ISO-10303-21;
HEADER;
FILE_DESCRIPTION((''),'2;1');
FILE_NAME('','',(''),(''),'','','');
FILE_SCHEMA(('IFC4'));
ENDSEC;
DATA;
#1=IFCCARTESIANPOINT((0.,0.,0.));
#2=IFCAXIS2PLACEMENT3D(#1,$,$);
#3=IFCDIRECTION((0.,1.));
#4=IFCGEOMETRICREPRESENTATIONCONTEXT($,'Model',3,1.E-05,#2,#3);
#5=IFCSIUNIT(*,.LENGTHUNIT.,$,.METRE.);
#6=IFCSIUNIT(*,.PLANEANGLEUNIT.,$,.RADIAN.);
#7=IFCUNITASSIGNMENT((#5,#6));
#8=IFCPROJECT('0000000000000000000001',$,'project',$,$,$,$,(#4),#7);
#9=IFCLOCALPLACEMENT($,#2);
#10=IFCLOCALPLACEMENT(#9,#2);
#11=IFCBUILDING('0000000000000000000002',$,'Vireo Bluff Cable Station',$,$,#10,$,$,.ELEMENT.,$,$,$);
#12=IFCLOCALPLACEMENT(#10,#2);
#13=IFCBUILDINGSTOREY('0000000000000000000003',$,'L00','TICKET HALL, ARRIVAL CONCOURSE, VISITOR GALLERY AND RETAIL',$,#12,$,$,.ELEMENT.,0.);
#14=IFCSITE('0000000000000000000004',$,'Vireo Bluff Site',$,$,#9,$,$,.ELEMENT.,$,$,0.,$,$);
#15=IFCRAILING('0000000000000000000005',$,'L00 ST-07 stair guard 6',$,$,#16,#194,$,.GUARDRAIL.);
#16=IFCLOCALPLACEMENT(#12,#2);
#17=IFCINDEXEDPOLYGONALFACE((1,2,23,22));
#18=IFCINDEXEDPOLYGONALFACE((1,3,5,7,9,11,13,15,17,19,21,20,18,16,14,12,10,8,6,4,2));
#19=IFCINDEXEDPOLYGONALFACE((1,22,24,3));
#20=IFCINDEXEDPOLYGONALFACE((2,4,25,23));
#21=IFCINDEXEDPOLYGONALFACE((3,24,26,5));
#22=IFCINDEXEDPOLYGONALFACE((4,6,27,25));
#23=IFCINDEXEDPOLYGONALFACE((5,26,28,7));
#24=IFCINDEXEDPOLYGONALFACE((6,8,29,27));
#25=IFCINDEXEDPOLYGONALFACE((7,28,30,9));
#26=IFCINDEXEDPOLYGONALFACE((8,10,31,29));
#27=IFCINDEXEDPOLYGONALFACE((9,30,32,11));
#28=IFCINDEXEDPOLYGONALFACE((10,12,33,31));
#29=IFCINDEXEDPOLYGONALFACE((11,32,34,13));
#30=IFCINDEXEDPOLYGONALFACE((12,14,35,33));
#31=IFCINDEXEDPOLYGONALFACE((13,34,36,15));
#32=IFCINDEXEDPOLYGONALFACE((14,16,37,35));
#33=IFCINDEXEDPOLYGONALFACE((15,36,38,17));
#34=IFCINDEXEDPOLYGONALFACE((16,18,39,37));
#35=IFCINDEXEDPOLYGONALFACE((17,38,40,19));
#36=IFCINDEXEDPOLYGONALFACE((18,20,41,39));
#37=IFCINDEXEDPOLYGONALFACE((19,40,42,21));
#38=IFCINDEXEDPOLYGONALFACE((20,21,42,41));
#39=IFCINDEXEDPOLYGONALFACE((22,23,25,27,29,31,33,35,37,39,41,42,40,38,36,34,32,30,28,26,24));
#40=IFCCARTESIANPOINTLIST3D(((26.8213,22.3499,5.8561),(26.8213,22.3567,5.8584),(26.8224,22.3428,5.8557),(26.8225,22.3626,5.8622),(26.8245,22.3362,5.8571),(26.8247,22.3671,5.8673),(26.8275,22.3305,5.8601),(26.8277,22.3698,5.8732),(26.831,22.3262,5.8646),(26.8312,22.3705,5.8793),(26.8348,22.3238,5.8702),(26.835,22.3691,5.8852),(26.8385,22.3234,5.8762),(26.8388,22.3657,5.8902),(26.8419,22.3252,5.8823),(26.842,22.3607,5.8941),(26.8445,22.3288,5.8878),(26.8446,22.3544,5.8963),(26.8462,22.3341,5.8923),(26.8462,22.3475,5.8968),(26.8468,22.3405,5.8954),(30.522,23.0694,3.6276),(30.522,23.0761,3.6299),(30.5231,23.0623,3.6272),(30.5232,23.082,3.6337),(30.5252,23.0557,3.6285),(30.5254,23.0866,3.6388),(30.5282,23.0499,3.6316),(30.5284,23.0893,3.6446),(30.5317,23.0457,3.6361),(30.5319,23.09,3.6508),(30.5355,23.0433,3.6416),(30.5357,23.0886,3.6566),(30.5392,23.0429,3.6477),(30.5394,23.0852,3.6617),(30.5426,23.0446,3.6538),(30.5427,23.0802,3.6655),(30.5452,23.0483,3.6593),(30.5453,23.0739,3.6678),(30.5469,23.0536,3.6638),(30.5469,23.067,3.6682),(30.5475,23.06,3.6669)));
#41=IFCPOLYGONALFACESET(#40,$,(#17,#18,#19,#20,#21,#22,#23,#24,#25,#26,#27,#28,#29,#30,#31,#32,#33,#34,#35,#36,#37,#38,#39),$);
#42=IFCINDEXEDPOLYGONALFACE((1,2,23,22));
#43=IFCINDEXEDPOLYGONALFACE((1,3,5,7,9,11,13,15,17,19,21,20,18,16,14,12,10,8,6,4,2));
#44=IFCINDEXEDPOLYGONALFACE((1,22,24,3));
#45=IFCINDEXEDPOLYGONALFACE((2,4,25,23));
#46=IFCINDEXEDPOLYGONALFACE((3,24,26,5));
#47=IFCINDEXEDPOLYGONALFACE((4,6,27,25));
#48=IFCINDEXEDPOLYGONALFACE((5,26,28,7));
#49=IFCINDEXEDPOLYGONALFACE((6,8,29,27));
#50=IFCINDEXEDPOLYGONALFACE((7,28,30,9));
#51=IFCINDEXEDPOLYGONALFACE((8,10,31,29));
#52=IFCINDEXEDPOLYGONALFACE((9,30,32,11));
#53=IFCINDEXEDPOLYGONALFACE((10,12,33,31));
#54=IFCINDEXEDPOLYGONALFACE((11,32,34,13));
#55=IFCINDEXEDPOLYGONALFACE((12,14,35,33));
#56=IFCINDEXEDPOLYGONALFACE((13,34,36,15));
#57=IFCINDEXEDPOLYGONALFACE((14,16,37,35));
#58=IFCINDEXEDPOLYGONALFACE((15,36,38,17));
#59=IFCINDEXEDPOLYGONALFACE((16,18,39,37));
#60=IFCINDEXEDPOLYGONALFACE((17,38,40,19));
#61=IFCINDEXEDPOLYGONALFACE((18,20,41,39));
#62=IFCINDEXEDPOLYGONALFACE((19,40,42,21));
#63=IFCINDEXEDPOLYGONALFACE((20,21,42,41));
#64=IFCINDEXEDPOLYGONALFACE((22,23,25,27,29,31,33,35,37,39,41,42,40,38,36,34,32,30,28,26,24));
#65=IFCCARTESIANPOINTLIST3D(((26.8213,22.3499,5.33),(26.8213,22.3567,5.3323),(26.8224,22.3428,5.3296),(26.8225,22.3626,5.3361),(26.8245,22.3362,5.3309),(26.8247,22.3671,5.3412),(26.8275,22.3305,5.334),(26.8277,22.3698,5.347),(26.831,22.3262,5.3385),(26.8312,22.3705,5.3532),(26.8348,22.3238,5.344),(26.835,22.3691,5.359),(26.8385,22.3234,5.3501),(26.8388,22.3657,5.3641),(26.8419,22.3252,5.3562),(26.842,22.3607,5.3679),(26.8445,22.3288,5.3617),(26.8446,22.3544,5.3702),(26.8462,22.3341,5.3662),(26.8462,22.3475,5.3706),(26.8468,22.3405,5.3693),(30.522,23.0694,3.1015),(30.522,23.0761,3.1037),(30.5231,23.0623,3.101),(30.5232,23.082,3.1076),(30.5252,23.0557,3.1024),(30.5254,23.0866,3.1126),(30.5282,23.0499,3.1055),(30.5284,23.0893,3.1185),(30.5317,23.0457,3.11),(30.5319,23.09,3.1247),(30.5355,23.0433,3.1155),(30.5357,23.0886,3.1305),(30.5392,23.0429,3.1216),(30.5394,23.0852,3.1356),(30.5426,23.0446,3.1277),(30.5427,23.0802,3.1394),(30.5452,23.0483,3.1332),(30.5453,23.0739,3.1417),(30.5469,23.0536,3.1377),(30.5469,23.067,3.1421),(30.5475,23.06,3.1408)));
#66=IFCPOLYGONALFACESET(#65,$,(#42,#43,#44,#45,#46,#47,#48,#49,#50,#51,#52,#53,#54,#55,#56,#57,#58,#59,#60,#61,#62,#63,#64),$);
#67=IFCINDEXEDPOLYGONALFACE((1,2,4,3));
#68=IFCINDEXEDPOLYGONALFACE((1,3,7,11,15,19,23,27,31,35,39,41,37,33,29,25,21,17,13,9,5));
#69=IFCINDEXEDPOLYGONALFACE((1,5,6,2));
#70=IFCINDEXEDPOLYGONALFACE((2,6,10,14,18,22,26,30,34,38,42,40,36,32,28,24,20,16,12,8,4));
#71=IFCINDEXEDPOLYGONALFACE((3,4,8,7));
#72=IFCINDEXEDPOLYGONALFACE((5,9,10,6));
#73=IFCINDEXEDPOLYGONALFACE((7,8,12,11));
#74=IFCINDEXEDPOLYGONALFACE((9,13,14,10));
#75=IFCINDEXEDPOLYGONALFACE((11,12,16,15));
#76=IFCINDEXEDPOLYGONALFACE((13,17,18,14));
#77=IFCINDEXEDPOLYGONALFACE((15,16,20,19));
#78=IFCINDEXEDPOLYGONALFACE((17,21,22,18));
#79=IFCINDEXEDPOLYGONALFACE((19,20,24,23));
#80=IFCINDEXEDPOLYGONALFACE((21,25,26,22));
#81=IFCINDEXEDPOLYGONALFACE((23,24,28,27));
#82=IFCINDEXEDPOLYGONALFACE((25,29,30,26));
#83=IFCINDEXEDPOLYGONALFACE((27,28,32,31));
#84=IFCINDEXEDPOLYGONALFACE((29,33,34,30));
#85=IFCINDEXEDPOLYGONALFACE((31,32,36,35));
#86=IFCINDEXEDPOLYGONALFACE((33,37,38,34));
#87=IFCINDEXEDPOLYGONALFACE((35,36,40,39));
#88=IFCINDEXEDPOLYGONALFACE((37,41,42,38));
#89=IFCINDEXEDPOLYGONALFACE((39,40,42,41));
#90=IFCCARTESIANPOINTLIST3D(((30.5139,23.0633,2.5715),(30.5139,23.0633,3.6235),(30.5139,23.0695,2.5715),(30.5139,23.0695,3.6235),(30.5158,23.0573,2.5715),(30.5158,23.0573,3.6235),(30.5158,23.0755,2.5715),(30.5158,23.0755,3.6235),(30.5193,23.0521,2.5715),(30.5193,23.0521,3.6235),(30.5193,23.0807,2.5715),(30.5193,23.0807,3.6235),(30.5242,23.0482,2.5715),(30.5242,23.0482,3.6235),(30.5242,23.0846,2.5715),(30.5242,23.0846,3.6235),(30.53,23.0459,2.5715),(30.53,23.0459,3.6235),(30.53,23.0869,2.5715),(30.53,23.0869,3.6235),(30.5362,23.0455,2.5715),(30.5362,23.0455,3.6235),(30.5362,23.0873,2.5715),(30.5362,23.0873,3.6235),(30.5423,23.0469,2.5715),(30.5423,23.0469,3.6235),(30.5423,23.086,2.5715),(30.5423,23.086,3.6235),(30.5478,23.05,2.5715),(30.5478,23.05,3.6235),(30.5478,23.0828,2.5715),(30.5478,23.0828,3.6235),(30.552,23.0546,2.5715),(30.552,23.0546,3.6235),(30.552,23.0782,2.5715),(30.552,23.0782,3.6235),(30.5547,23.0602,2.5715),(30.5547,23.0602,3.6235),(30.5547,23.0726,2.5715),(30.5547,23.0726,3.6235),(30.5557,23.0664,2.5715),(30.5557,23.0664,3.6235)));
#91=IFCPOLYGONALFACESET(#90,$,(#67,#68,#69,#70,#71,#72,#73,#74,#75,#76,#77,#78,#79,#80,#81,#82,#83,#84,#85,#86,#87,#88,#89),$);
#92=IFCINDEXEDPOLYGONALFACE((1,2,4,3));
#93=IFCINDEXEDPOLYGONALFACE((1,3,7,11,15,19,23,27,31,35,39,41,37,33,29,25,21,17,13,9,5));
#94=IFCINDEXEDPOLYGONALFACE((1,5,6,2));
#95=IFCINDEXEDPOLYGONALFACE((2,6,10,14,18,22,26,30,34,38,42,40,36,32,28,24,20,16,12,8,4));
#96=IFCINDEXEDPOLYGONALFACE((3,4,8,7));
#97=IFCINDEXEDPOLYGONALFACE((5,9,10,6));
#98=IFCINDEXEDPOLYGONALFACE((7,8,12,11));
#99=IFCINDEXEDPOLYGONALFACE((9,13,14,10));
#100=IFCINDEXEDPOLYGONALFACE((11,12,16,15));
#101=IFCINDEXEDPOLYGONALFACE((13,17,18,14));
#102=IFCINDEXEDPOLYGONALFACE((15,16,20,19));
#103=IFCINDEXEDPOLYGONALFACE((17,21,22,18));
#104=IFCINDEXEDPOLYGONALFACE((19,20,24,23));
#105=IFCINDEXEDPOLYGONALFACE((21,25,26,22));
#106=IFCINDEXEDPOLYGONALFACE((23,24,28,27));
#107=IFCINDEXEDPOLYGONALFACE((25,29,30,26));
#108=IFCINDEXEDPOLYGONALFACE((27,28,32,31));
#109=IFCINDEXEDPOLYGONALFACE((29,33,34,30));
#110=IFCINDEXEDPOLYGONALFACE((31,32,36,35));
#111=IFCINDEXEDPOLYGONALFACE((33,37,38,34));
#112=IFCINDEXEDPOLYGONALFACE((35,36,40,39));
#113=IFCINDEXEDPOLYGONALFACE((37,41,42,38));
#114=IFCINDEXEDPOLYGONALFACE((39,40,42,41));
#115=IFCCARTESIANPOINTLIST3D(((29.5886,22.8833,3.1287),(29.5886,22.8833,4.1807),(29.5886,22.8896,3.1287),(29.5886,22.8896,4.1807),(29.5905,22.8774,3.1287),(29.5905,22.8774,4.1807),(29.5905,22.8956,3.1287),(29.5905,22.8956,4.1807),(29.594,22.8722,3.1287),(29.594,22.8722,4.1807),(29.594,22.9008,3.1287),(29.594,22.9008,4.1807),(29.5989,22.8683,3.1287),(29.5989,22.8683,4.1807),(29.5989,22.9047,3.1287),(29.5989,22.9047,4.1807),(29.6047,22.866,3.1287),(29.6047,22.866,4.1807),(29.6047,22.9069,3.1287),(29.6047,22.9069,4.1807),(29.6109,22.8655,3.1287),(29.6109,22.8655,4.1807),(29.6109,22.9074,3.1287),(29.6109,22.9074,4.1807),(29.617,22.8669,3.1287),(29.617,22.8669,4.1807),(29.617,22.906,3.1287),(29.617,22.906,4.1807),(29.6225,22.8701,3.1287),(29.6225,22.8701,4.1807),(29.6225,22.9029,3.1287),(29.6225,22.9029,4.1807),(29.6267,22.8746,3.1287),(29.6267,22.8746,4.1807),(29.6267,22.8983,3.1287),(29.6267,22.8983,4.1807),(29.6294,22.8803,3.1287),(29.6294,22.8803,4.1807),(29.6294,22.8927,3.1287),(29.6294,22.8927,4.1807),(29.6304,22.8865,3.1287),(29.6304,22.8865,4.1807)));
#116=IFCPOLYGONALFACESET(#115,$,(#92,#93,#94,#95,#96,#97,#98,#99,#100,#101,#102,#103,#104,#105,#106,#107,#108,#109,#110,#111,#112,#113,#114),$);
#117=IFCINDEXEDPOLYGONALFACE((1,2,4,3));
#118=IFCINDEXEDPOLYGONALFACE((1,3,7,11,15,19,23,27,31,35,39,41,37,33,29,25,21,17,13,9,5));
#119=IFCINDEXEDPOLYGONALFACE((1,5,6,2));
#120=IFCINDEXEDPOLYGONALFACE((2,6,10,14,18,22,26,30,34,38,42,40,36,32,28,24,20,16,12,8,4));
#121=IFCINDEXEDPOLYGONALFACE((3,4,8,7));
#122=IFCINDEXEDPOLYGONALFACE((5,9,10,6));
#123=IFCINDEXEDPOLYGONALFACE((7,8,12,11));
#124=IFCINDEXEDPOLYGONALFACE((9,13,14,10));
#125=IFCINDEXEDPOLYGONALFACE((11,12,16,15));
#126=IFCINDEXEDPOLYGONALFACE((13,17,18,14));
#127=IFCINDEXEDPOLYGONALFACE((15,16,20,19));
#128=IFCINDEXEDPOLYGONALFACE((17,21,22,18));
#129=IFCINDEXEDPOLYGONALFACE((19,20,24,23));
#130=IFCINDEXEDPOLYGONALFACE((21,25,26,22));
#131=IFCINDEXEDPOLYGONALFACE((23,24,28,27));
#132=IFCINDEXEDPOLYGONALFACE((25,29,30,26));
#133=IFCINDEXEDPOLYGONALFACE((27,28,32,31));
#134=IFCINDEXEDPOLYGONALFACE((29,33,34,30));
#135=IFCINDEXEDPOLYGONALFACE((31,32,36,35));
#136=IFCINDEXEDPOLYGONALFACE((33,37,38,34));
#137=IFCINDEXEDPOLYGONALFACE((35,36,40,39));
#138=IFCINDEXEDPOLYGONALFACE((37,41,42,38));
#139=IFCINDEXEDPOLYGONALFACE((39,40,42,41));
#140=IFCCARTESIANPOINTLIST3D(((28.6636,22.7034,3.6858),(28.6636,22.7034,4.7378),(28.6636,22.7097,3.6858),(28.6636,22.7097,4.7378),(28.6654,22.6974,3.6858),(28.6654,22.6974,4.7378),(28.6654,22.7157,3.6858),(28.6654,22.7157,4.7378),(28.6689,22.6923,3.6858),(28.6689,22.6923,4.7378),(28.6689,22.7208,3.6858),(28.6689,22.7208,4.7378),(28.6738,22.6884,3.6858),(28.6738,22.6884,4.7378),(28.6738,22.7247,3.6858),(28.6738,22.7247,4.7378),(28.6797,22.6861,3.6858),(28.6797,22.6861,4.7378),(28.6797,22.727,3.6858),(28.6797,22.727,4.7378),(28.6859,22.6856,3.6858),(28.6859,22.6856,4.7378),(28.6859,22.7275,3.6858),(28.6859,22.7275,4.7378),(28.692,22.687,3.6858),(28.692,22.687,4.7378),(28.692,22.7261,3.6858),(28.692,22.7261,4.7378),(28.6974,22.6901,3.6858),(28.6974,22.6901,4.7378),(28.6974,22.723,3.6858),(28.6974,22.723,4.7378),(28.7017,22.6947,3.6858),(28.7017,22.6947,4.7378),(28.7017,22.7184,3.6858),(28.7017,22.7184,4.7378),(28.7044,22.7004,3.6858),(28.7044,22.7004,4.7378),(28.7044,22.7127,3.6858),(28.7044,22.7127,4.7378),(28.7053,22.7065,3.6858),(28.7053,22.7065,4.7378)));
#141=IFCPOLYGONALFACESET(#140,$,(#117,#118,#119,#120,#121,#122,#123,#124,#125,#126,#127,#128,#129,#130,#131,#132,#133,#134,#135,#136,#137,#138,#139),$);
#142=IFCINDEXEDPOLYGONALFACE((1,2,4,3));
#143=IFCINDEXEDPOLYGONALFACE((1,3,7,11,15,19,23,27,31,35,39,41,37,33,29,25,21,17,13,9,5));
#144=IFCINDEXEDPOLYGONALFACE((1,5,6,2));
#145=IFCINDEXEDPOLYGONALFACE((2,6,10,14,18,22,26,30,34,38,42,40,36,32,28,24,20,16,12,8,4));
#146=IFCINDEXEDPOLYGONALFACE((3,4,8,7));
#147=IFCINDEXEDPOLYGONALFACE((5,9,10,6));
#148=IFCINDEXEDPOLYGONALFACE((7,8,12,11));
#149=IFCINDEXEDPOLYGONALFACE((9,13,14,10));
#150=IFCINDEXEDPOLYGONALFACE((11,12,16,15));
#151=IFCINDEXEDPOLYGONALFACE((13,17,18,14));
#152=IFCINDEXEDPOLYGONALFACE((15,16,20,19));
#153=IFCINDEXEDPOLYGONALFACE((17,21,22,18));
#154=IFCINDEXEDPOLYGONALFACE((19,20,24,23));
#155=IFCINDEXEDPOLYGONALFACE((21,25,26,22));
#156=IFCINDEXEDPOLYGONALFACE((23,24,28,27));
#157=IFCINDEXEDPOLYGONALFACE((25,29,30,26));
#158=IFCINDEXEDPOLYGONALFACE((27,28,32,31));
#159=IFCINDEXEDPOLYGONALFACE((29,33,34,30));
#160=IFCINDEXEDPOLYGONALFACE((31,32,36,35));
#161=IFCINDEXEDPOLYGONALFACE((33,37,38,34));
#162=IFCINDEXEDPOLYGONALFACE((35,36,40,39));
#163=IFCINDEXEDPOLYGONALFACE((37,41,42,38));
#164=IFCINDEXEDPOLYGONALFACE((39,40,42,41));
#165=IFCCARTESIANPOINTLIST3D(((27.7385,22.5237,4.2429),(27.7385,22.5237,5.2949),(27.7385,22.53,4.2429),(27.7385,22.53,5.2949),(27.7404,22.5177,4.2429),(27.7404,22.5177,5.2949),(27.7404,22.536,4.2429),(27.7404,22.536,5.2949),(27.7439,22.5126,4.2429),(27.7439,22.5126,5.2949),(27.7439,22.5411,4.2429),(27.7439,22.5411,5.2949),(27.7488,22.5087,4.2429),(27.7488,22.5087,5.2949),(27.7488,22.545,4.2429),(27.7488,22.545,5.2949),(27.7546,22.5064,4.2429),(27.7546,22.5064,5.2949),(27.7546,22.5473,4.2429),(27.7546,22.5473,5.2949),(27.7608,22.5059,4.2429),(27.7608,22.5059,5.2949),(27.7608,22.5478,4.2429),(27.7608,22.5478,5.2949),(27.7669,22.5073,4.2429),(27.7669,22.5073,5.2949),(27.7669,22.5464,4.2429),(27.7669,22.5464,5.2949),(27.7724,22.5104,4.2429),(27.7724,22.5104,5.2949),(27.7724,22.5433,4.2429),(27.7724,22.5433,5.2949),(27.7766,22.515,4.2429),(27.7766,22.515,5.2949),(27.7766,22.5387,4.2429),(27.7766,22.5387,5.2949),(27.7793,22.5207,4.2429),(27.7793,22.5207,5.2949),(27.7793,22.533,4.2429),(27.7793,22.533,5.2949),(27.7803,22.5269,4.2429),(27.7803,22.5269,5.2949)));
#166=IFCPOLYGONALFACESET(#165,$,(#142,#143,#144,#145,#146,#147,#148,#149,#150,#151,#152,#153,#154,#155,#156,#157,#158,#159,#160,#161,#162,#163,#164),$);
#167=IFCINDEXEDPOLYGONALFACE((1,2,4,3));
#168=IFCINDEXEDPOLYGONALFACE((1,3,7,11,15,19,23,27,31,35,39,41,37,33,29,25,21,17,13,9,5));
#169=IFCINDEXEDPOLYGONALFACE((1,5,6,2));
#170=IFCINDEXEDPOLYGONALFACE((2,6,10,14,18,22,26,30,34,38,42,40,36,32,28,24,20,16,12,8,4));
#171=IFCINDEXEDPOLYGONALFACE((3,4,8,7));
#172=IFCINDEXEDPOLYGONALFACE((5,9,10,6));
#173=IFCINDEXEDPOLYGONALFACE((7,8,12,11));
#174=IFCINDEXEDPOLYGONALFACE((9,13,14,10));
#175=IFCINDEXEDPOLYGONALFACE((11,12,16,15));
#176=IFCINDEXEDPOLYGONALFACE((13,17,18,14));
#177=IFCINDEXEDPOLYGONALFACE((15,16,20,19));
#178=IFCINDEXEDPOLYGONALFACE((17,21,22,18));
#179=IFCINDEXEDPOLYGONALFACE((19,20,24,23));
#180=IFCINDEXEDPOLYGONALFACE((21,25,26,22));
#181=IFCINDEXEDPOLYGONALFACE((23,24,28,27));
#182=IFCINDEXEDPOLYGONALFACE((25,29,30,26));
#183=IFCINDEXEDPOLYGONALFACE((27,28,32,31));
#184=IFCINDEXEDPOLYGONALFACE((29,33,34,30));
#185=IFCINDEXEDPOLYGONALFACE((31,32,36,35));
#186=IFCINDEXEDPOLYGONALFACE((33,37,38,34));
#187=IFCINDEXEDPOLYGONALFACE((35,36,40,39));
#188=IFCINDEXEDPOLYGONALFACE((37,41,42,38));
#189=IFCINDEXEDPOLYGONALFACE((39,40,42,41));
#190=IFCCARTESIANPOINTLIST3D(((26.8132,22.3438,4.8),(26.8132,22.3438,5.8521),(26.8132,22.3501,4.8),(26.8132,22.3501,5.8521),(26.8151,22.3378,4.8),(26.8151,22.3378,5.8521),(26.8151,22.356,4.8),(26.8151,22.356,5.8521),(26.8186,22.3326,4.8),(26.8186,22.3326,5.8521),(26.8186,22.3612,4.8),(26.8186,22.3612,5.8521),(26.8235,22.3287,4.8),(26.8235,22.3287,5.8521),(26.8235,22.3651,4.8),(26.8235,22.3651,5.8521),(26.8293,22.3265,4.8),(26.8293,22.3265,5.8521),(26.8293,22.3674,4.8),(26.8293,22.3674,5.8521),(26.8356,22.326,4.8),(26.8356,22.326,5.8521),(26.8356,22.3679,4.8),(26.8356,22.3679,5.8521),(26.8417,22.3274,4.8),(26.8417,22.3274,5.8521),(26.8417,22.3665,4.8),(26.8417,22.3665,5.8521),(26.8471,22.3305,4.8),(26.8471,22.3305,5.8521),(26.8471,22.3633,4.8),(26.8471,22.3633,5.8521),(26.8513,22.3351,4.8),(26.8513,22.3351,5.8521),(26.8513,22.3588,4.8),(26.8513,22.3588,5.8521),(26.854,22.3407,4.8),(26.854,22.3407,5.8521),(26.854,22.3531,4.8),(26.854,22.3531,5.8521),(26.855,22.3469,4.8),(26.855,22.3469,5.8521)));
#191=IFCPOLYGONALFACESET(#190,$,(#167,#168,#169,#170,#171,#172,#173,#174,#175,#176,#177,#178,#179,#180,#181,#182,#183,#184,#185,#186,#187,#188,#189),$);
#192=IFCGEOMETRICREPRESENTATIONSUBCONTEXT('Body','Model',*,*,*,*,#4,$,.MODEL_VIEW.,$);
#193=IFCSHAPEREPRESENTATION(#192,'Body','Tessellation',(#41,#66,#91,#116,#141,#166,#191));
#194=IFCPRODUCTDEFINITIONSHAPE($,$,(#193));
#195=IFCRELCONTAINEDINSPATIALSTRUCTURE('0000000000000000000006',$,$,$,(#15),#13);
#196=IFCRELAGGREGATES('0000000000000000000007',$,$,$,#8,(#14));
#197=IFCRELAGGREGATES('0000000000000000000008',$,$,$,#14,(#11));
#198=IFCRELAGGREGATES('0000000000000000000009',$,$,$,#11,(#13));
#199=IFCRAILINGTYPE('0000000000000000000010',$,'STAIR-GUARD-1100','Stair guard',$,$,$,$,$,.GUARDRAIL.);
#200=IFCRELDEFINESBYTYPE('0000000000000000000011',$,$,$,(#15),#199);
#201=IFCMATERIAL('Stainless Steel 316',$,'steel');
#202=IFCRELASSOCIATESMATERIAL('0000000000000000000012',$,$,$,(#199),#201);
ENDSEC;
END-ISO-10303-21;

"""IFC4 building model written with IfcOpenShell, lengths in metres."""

from ifc_helpers import new_model, si_unit, direction, frame, origin, origin_2d, place, context, subcontext, project, spatial, circle, extrude, material, type_object, element, save


model = new_model("IFC4")

# Units and contexts
model_context = context("Model", 3, precision=1e-05, world=origin(), true_north=direction((0.0, 1.0)))
body_context = subcontext(model_context, "Body", "Model", "MODEL_VIEW")
ifc_project = project(units=[si_unit("LENGTHUNIT", "METRE"), si_unit("PLANEANGLEUNIT", "RADIAN")], contexts=[model_context])

# Site, building, storey
site_placement = place(None, origin())
site = spatial("IfcSite", under=ifc_project, at=site_placement, Name="Vireo Bluff Site", CompositionType="ELEMENT", RefElevation=0.0)
building_placement = place(site_placement, origin())
building = spatial("IfcBuilding", under=site, at=building_placement, Name="Vireo Bluff Cable Station", CompositionType="ELEMENT")
storey_placement = place(building_placement, origin())
storey = spatial("IfcBuildingStorey", under=building, at=storey_placement, Name="L00", Description="TICKET HALL, ARRIVAL CONCOURSE, VISITOR GALLERY AND RETAIL", CompositionType="ELEMENT", Elevation=0.0)

# Railing
ifc_material_1 = material(Name="Stainless Steel 316", Category="steel")
railing_type_1 = type_object("IfcRailingType", Name="STAIR-GUARD-1100", Description="Stair guard", PredefinedType="GUARDRAIL", material=ifc_material_1)
railing_1_placement = place(storey_placement, frame((30.5347, 23.0664, 2.5715)))
element("IfcRailing", 1, at=railing_1_placement, inside=storey, type_object=railing_type_1, Name="L00 ST-07 stair guard 6", PredefinedType="GUARDRAIL", context=body_context, shape_type="SweptSolid", body=[
    extrude(circle(Radius=0.0239, at=origin_2d()), frame((0.0, 0.0, 1.0762), z_axis=(-0.845024, -0.164289, 0.508865), x_axis=(0.190845, -0.98162, 0.0)), (0.0, 0.0, 1.0), 4.3794),
    extrude(circle(Radius=0.0239, at=origin_2d()), frame((0.0, 0.0, 0.55), z_axis=(-0.845024, -0.164289, 0.508865), x_axis=(0.190845, -0.98162, 0.0)), (0.0, 0.0, 1.0), 4.3794),
    extrude(circle(Radius=0.021, at=origin_2d()), origin(), (0.0, 0.0, 1.0), 1.052),
    extrude(circle(Radius=0.021, at=origin_2d()), frame((-0.9253, -0.1799, 0.5571)), (0.0, 0.0, 1.0), 1.052),
    extrude(circle(Radius=0.021, at=origin_2d()), frame((-1.8503, -0.3599, 1.1143)), (0.0, 0.0, 1.0), 1.052),
    extrude(circle(Radius=0.021, at=origin_2d()), frame((-2.7754, -0.5396, 1.6714)), (0.0, 0.0, 1.0), 1.052),
    extrude(circle(Radius=0.021, at=origin_2d()), frame((-3.7007, -0.7195, 2.2285)), (0.0, 0.0, 1.0), 1.052),
])

save(model, "model.ifc")
